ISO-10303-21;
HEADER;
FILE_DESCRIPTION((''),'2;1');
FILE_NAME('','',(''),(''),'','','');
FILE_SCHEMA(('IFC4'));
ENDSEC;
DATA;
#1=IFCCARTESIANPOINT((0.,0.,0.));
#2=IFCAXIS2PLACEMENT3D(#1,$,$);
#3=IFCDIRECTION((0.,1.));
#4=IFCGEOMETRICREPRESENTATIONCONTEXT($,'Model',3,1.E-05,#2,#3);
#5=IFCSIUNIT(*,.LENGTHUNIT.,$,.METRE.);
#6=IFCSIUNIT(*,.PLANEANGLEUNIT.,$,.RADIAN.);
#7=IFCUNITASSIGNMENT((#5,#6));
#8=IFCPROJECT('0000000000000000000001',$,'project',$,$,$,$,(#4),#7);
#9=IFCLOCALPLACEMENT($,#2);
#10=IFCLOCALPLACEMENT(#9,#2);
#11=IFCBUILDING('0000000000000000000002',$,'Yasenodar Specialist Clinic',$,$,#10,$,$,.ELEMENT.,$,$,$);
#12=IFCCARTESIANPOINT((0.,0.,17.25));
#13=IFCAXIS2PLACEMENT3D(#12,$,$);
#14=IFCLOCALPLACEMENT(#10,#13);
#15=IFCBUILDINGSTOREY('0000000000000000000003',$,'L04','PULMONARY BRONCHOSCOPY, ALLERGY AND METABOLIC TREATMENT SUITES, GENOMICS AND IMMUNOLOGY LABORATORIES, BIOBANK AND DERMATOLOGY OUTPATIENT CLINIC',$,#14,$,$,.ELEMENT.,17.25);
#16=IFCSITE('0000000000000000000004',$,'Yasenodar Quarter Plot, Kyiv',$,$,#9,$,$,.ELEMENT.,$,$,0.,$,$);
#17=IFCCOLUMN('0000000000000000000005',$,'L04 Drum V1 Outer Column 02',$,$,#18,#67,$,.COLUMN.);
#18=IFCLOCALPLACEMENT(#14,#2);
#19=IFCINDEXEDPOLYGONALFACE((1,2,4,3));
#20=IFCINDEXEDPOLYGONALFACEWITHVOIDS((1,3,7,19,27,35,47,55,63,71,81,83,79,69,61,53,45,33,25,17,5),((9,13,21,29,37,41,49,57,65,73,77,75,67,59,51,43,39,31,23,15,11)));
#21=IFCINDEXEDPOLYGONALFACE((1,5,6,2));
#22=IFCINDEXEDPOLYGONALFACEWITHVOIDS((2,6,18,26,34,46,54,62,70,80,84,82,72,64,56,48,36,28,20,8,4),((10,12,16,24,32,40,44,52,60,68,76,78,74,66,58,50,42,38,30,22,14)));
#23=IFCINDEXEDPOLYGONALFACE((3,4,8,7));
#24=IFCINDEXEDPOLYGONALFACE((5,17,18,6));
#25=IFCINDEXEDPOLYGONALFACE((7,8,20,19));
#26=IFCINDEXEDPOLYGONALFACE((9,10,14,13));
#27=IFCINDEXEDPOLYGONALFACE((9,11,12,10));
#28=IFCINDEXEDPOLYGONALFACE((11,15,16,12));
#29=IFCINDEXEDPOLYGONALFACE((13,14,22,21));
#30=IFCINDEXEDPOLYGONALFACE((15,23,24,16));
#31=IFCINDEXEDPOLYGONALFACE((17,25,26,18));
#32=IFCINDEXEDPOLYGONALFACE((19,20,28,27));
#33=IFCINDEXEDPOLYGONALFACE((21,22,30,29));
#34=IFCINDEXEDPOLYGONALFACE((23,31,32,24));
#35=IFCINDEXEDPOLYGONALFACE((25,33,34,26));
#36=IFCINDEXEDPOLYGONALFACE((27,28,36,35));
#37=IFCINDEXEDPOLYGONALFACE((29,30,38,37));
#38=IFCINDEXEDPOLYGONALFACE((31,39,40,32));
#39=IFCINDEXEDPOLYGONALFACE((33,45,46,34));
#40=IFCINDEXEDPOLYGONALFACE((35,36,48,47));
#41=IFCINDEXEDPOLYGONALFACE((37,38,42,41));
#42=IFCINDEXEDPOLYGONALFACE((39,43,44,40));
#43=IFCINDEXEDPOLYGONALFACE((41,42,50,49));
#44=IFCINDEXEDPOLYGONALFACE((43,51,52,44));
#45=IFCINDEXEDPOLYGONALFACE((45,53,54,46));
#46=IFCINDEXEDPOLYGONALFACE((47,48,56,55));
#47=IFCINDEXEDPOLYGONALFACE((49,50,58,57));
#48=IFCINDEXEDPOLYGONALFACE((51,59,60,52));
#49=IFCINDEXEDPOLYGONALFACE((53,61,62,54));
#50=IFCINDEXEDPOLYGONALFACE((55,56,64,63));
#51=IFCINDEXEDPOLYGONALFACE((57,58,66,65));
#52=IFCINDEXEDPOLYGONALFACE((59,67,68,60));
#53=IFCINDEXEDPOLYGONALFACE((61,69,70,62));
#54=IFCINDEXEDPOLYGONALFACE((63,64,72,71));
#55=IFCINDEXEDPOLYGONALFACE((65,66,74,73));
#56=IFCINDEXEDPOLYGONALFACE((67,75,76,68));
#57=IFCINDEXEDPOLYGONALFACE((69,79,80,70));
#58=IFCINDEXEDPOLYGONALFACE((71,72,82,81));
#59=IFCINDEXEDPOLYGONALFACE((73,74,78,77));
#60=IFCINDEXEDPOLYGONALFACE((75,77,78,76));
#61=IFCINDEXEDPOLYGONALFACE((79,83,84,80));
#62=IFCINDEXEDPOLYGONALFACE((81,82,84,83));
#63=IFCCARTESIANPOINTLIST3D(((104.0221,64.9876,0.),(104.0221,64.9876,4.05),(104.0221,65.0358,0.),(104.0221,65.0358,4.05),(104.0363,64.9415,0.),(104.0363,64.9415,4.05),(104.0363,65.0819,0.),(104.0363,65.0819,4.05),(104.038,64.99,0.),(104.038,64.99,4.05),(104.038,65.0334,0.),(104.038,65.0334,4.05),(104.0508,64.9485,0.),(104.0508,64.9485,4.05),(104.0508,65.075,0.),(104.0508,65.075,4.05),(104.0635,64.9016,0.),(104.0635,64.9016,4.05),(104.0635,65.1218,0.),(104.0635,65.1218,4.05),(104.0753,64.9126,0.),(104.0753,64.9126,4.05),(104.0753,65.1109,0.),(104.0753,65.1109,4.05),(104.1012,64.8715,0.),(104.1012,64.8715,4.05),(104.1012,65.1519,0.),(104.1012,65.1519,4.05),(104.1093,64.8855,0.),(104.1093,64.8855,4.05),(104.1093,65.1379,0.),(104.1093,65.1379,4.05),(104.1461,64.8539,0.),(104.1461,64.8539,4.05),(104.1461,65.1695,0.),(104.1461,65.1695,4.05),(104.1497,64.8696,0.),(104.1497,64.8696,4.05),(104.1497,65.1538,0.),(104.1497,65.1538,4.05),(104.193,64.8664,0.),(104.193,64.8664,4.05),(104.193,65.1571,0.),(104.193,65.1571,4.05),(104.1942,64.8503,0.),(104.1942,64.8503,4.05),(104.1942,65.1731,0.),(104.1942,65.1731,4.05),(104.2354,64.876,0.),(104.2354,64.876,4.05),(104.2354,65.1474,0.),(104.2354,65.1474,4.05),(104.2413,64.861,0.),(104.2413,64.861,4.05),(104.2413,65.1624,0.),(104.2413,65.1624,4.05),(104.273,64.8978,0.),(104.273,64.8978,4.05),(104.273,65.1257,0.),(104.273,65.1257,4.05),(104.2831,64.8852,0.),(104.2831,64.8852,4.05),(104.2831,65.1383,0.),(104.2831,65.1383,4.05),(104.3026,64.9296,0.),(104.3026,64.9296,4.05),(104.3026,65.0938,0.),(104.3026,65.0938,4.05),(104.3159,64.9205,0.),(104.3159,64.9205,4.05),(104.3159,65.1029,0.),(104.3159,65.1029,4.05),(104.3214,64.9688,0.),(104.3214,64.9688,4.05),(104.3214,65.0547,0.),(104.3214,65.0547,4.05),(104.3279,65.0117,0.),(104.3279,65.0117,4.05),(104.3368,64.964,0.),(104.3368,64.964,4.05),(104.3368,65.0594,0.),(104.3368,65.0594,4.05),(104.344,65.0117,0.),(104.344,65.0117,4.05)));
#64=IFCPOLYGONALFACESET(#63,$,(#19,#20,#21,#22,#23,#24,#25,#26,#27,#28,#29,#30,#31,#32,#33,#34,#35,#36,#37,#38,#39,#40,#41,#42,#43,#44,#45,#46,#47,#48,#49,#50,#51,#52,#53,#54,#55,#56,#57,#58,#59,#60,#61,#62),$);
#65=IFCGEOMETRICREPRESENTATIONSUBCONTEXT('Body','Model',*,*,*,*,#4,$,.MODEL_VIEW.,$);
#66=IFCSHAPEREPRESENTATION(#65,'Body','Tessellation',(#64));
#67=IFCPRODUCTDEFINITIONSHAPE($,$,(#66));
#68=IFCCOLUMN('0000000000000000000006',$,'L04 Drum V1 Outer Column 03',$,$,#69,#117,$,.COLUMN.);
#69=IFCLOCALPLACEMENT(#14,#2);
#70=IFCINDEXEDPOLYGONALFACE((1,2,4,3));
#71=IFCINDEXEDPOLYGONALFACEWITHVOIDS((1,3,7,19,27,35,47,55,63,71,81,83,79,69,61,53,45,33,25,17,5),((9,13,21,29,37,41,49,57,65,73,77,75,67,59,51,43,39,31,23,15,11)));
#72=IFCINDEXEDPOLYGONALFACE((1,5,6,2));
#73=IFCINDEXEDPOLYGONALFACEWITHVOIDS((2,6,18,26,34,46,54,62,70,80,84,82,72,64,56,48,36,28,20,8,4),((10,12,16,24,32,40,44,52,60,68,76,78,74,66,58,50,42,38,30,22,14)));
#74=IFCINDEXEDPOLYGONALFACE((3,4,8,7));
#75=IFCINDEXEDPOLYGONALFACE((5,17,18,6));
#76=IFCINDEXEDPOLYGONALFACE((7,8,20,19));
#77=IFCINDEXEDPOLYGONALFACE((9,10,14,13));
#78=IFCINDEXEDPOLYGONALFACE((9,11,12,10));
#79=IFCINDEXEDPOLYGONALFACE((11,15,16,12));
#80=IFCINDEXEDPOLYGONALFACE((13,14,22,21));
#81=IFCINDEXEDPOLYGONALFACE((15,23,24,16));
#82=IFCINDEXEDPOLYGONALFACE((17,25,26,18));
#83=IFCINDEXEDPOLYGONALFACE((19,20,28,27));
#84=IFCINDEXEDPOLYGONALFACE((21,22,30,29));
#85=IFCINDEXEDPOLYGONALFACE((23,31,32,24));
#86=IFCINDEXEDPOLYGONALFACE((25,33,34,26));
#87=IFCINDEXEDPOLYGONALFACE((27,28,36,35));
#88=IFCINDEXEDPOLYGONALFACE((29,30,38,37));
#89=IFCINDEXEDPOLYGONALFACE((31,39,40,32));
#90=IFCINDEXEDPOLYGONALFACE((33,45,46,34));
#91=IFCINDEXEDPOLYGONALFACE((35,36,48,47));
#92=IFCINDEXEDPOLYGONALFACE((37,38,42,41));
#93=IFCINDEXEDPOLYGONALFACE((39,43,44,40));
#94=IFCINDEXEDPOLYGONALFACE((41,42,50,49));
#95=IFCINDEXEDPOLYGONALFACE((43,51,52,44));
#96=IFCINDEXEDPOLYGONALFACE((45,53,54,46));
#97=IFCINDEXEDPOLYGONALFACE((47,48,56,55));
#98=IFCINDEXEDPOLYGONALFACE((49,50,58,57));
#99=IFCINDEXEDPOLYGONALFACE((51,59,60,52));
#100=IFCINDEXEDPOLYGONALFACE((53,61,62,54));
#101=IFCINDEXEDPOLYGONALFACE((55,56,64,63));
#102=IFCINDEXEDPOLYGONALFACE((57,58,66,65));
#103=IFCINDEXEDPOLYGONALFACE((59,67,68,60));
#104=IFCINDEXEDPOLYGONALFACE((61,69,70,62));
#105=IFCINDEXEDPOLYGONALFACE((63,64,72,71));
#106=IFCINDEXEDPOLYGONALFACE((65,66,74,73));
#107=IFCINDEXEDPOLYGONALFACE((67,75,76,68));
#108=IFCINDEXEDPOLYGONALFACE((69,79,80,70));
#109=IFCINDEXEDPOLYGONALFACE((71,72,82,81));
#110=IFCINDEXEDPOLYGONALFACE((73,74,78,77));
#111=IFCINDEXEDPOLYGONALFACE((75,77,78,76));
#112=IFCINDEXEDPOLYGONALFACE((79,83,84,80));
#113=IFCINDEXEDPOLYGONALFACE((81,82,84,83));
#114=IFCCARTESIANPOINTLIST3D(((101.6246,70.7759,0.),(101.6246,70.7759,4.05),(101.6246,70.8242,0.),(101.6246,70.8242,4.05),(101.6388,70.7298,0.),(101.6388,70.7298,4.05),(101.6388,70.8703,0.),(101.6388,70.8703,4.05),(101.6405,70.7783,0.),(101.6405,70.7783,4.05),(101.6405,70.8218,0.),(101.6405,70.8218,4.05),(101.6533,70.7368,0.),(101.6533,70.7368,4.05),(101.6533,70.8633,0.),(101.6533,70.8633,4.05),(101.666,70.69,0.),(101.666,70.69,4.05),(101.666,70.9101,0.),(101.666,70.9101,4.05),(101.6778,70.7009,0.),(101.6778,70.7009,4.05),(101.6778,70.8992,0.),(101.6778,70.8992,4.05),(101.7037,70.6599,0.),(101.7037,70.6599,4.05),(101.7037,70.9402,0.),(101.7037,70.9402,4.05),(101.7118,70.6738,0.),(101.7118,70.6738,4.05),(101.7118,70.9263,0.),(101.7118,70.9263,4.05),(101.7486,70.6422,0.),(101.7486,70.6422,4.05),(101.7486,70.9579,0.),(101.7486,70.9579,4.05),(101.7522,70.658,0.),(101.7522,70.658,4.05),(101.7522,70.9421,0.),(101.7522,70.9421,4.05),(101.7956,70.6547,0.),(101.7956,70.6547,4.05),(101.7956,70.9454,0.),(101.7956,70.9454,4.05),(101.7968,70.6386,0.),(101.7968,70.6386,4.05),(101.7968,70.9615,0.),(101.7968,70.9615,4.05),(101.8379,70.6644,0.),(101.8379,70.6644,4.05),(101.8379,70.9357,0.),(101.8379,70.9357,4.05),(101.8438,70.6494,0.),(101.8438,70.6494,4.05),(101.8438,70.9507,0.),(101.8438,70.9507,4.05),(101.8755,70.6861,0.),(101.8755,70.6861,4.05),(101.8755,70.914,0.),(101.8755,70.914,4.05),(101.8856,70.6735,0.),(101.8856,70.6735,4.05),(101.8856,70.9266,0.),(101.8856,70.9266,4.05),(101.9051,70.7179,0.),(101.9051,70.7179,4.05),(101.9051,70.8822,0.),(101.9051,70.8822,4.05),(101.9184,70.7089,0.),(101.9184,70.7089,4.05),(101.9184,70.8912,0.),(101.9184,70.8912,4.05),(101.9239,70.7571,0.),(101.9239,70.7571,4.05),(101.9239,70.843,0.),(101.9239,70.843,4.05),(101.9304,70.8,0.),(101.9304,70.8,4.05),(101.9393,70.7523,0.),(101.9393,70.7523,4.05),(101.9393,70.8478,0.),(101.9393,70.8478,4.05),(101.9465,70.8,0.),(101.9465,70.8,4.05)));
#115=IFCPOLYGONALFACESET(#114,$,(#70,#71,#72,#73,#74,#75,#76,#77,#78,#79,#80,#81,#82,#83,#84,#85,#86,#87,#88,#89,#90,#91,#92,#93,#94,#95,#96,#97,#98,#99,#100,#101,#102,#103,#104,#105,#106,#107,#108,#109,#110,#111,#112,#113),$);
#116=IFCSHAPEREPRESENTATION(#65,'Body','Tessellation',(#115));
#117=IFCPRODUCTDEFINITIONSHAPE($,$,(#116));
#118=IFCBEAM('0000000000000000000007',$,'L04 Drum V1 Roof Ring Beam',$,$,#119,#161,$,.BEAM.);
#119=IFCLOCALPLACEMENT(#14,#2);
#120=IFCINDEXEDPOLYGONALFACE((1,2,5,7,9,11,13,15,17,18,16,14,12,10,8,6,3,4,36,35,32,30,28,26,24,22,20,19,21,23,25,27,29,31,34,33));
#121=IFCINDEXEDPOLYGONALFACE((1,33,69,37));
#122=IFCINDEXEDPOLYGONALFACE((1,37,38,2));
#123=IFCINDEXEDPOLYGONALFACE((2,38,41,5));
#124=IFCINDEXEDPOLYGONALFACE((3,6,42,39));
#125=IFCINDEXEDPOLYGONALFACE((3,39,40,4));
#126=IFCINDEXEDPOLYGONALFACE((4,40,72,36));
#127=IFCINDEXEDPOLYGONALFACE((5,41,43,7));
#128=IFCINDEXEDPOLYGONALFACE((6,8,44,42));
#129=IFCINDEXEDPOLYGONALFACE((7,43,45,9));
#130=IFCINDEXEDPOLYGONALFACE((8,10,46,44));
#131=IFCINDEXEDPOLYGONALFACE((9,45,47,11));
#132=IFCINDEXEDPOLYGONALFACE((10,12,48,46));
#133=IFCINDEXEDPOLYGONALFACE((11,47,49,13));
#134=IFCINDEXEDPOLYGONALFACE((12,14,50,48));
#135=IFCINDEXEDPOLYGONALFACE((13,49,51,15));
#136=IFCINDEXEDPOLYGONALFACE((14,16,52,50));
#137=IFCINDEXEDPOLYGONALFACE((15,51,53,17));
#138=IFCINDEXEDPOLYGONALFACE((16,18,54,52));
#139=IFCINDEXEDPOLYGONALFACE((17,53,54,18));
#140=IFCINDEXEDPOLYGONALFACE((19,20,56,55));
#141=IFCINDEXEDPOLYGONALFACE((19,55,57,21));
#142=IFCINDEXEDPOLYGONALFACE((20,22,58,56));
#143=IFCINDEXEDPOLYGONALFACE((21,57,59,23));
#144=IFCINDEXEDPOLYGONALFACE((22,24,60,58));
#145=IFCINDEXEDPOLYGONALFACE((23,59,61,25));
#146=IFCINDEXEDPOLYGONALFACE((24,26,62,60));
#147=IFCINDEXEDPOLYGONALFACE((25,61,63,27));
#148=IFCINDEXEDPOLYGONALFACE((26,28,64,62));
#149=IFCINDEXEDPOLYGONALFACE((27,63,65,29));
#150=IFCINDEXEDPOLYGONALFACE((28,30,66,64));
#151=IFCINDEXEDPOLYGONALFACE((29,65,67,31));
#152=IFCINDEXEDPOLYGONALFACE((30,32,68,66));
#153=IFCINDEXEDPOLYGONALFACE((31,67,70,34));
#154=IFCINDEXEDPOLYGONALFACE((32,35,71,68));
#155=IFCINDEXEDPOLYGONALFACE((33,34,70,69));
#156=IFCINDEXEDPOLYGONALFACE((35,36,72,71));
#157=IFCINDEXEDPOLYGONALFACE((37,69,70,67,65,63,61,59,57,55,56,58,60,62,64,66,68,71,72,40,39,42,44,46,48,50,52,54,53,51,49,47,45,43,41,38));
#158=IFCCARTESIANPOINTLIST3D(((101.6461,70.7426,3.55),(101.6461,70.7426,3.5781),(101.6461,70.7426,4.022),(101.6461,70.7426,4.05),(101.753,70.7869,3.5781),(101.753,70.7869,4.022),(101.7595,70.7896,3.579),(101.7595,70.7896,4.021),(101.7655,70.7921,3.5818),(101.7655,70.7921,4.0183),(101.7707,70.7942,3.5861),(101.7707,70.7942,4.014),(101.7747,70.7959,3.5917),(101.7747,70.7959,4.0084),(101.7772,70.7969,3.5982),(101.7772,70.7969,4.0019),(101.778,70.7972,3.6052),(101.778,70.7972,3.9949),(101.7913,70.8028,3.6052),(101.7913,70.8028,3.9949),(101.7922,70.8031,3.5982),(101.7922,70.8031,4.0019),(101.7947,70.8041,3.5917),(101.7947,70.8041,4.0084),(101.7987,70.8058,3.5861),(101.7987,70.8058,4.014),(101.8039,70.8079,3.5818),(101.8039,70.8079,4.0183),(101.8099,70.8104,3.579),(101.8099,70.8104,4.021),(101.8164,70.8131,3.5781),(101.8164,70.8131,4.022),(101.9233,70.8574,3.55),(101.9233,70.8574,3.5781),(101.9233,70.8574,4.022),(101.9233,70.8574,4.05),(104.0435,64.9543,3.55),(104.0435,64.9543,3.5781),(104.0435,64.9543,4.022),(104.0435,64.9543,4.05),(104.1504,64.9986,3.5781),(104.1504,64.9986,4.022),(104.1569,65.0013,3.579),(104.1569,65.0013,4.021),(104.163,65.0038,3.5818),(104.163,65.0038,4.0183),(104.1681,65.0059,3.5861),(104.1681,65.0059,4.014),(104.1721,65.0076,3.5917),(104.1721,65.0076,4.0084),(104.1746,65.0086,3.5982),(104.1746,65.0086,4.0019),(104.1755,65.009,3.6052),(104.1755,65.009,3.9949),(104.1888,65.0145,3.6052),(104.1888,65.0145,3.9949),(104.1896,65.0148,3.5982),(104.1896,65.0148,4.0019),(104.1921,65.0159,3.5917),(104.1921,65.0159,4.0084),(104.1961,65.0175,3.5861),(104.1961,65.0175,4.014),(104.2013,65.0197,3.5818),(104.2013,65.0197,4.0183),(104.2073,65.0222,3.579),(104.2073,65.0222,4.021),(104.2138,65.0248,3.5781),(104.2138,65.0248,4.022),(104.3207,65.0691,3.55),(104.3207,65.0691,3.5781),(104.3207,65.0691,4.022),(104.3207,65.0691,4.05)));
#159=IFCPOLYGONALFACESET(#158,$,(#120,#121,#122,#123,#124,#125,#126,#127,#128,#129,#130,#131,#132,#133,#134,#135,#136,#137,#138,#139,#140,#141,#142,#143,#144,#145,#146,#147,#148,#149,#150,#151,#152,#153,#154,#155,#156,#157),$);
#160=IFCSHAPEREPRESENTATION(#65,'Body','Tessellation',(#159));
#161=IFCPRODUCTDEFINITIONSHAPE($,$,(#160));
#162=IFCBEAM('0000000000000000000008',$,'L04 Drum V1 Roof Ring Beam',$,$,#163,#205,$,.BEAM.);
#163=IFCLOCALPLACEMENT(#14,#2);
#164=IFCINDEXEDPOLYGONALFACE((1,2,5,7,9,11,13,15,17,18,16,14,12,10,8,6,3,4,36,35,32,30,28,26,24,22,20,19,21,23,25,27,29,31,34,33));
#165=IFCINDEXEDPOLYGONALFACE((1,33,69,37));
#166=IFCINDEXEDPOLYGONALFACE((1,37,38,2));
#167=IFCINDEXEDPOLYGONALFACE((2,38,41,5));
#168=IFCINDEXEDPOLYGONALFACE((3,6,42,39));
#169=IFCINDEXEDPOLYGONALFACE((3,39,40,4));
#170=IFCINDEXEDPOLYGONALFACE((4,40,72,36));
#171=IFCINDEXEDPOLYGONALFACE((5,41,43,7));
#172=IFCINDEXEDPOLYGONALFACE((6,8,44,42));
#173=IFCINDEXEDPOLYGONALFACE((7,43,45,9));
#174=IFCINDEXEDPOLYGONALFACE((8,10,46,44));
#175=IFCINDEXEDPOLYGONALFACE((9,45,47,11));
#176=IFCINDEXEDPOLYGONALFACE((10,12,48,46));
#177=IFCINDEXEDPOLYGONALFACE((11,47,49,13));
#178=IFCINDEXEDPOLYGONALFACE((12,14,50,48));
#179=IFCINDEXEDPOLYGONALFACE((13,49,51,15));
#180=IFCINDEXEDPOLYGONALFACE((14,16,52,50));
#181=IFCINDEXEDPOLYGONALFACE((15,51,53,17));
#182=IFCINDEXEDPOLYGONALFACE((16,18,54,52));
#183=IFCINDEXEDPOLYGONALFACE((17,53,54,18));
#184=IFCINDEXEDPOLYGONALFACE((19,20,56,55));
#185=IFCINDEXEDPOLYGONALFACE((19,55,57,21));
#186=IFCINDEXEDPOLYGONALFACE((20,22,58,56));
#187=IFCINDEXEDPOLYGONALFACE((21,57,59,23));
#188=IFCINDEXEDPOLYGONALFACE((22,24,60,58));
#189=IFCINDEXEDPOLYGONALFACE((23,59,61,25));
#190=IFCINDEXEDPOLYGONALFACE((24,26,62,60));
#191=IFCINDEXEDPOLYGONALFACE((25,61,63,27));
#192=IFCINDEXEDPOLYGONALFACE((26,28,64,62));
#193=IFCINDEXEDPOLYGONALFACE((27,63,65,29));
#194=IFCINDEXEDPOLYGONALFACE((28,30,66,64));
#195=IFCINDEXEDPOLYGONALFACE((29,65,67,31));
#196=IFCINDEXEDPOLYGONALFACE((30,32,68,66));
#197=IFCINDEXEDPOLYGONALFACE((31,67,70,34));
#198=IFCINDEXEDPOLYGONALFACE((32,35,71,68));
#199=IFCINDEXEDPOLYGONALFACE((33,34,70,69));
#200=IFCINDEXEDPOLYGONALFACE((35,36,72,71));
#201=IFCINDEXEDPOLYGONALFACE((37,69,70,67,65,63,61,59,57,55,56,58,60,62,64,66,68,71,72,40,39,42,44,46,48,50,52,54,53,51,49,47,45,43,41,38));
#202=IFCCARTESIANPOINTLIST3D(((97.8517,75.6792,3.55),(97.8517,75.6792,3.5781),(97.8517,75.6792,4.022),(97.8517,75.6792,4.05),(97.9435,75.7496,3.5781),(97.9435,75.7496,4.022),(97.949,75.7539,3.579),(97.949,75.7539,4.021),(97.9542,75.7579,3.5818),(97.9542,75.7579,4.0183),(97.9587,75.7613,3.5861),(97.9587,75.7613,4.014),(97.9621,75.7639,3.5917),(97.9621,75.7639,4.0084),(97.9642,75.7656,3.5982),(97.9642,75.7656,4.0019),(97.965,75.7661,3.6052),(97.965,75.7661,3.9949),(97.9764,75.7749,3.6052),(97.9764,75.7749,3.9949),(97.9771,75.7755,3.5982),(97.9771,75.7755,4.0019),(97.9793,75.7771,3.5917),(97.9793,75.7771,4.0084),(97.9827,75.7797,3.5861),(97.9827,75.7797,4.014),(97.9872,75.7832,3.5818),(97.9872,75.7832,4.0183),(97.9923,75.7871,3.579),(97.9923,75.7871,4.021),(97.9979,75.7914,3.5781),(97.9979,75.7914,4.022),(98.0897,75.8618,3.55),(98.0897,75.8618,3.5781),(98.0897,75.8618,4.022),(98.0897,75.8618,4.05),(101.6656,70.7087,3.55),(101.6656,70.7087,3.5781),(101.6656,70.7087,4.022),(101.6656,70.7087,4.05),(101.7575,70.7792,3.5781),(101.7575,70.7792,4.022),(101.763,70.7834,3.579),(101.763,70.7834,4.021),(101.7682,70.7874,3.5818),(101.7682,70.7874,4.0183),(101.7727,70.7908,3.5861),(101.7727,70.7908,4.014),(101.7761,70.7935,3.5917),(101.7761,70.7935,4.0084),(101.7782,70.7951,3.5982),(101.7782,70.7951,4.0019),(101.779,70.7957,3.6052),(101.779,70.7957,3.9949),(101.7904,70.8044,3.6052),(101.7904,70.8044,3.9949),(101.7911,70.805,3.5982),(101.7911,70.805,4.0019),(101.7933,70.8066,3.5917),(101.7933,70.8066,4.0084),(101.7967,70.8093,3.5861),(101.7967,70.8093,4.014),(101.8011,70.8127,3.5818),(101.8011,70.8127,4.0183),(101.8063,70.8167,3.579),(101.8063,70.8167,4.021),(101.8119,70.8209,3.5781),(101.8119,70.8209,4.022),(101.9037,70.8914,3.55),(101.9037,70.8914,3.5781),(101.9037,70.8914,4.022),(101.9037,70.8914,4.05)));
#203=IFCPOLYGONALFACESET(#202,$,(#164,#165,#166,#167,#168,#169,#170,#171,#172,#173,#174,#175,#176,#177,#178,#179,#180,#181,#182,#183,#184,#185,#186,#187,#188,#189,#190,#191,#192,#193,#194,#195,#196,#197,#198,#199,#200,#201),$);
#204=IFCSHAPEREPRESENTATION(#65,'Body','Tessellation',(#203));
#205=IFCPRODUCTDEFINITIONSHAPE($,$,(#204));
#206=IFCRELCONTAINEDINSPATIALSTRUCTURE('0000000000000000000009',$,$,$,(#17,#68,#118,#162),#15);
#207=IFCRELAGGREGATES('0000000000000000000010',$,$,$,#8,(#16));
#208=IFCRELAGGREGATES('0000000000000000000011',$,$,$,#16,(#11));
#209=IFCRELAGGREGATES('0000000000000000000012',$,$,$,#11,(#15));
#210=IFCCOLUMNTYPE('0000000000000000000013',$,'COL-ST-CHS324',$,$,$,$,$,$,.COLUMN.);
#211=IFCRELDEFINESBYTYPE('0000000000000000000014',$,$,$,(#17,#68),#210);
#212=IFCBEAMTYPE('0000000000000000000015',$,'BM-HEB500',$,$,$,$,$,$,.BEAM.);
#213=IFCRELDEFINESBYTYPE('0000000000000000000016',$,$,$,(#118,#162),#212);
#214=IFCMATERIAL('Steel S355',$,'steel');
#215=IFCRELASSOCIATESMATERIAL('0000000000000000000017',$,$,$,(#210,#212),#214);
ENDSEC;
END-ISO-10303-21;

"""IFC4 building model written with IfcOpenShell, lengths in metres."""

from ifc_helpers import new_model, si_unit, direction, frame, origin, origin_2d, place, context, subcontext, project, spatial, hollow_circle, i_section, extrude, material, material_profile, profile_set, type_object, element, save


model = new_model("IFC4")

# Units and contexts
model_context = context("Model", 3, precision=1e-05, world=origin(), true_north=direction((0.0, 1.0)))
body_context = subcontext(model_context, "Body", "Model", "MODEL_VIEW")
ifc_project = project(units=[si_unit("LENGTHUNIT", "METRE"), si_unit("PLANEANGLEUNIT", "RADIAN")], contexts=[model_context])

# Site, building, storey
site_placement = place(None, origin())
site = spatial("IfcSite", under=ifc_project, at=site_placement, Name="Yasenodar Quarter Plot, Kyiv", CompositionType="ELEMENT", RefElevation=0.0)
building_placement = place(site_placement, origin())
building = spatial("IfcBuilding", under=site, at=building_placement, Name="Yasenodar Specialist Clinic", CompositionType="ELEMENT")
storey_placement = place(building_placement, frame((0.0, 0.0, 17.25)))
storey = spatial("IfcBuildingStorey", under=building, at=storey_placement, Name="L04", Description="PULMONARY BRONCHOSCOPY, ALLERGY AND METABOLIC TREATMENT SUITES, GENOMICS AND IMMUNOLOGY LABORATORIES, BIOBANK AND DERMATOLOGY OUTPATIENT CLINIC", CompositionType="ELEMENT", Elevation=17.25)

# Columns
ifc_material_1 = material(Name="Steel S355", Category="steel")
ifc_material_profile_1 = material_profile(ifc_material_1, hollow_circle(Radius=0.1619, WallThickness=0.0161, at=origin_2d()), Name="CHS 323.9x16")
ifc_profile_set_1 = profile_set([ifc_material_profile_1], Name="Steel S355")
column_type = type_object("IfcColumnType", Name="COL-ST-CHS324", PredefinedType="COLUMN", material=ifc_profile_set_1)
for number, where, z_axis, x_axis, name in (
    (1, (104.1821, 65.0117, 0.0), (0.0, 0.0, 1.0), (1.0, 0.0, 0.0), "L04 Drum V1 Outer Column 02"),
    (2, (101.7847, 70.8, 0.0), (0.0, 0.0, 1.0), (1.0, 0.0, 0.0), "L04 Drum V1 Outer Column 03"),
):
    element("IfcColumn", number, at=place(storey_placement, frame(where, z_axis=z_axis, x_axis=x_axis)), inside=storey, type_object=column_type, Name=name, PredefinedType="COLUMN", context=body_context, shape_type="SweptSolid", body=[
        extrude(hollow_circle(Radius=0.1619, WallThickness=0.0161, at=origin_2d()), origin(), (0.0, 0.0, 1.0), 4.05),
    ])

# Beams
ifc_material_profile_2 = material_profile(ifc_material_1, i_section(OverallWidth=0.3, OverallDepth=0.5, WebThickness=0.0144, FlangeThickness=0.0281, FilletRadius=0.0271, at=origin_2d()), Name="HEB 500")
ifc_profile_set_2 = profile_set([ifc_material_profile_2], Name="Steel S355")
beam_type = type_object("IfcBeamType", Name="BM-HEB500", PredefinedType="BEAM", material=ifc_profile_set_2)
for number, where, z_axis, x_axis, name in (
    (3, (104.1821, 65.0117, 3.8), (-0.382664, 0.923888, 0.0), (-0.923888, -0.382664, 0.0), "L04 Drum V1 Roof Ring Beam"),
    (4, (101.7847, 70.8, 3.8), (-0.608761, 0.793354, 0.0), (-0.793354, -0.608761, 0.0), "L04 Drum V1 Roof Ring Beam"),
):
    element("IfcBeam", number, at=place(storey_placement, frame(where, z_axis=z_axis, x_axis=x_axis)), inside=storey, type_object=beam_type, Name=name, PredefinedType="BEAM", context=body_context, shape_type="SweptSolid", body=[
        extrude(i_section(OverallWidth=0.3, OverallDepth=0.5, WebThickness=0.0144, FlangeThickness=0.0281, FilletRadius=0.0271, at=origin_2d()), origin(), (0.0, 0.0, 1.0), 6.2651),
    ])

save(model, "model.ifc")
